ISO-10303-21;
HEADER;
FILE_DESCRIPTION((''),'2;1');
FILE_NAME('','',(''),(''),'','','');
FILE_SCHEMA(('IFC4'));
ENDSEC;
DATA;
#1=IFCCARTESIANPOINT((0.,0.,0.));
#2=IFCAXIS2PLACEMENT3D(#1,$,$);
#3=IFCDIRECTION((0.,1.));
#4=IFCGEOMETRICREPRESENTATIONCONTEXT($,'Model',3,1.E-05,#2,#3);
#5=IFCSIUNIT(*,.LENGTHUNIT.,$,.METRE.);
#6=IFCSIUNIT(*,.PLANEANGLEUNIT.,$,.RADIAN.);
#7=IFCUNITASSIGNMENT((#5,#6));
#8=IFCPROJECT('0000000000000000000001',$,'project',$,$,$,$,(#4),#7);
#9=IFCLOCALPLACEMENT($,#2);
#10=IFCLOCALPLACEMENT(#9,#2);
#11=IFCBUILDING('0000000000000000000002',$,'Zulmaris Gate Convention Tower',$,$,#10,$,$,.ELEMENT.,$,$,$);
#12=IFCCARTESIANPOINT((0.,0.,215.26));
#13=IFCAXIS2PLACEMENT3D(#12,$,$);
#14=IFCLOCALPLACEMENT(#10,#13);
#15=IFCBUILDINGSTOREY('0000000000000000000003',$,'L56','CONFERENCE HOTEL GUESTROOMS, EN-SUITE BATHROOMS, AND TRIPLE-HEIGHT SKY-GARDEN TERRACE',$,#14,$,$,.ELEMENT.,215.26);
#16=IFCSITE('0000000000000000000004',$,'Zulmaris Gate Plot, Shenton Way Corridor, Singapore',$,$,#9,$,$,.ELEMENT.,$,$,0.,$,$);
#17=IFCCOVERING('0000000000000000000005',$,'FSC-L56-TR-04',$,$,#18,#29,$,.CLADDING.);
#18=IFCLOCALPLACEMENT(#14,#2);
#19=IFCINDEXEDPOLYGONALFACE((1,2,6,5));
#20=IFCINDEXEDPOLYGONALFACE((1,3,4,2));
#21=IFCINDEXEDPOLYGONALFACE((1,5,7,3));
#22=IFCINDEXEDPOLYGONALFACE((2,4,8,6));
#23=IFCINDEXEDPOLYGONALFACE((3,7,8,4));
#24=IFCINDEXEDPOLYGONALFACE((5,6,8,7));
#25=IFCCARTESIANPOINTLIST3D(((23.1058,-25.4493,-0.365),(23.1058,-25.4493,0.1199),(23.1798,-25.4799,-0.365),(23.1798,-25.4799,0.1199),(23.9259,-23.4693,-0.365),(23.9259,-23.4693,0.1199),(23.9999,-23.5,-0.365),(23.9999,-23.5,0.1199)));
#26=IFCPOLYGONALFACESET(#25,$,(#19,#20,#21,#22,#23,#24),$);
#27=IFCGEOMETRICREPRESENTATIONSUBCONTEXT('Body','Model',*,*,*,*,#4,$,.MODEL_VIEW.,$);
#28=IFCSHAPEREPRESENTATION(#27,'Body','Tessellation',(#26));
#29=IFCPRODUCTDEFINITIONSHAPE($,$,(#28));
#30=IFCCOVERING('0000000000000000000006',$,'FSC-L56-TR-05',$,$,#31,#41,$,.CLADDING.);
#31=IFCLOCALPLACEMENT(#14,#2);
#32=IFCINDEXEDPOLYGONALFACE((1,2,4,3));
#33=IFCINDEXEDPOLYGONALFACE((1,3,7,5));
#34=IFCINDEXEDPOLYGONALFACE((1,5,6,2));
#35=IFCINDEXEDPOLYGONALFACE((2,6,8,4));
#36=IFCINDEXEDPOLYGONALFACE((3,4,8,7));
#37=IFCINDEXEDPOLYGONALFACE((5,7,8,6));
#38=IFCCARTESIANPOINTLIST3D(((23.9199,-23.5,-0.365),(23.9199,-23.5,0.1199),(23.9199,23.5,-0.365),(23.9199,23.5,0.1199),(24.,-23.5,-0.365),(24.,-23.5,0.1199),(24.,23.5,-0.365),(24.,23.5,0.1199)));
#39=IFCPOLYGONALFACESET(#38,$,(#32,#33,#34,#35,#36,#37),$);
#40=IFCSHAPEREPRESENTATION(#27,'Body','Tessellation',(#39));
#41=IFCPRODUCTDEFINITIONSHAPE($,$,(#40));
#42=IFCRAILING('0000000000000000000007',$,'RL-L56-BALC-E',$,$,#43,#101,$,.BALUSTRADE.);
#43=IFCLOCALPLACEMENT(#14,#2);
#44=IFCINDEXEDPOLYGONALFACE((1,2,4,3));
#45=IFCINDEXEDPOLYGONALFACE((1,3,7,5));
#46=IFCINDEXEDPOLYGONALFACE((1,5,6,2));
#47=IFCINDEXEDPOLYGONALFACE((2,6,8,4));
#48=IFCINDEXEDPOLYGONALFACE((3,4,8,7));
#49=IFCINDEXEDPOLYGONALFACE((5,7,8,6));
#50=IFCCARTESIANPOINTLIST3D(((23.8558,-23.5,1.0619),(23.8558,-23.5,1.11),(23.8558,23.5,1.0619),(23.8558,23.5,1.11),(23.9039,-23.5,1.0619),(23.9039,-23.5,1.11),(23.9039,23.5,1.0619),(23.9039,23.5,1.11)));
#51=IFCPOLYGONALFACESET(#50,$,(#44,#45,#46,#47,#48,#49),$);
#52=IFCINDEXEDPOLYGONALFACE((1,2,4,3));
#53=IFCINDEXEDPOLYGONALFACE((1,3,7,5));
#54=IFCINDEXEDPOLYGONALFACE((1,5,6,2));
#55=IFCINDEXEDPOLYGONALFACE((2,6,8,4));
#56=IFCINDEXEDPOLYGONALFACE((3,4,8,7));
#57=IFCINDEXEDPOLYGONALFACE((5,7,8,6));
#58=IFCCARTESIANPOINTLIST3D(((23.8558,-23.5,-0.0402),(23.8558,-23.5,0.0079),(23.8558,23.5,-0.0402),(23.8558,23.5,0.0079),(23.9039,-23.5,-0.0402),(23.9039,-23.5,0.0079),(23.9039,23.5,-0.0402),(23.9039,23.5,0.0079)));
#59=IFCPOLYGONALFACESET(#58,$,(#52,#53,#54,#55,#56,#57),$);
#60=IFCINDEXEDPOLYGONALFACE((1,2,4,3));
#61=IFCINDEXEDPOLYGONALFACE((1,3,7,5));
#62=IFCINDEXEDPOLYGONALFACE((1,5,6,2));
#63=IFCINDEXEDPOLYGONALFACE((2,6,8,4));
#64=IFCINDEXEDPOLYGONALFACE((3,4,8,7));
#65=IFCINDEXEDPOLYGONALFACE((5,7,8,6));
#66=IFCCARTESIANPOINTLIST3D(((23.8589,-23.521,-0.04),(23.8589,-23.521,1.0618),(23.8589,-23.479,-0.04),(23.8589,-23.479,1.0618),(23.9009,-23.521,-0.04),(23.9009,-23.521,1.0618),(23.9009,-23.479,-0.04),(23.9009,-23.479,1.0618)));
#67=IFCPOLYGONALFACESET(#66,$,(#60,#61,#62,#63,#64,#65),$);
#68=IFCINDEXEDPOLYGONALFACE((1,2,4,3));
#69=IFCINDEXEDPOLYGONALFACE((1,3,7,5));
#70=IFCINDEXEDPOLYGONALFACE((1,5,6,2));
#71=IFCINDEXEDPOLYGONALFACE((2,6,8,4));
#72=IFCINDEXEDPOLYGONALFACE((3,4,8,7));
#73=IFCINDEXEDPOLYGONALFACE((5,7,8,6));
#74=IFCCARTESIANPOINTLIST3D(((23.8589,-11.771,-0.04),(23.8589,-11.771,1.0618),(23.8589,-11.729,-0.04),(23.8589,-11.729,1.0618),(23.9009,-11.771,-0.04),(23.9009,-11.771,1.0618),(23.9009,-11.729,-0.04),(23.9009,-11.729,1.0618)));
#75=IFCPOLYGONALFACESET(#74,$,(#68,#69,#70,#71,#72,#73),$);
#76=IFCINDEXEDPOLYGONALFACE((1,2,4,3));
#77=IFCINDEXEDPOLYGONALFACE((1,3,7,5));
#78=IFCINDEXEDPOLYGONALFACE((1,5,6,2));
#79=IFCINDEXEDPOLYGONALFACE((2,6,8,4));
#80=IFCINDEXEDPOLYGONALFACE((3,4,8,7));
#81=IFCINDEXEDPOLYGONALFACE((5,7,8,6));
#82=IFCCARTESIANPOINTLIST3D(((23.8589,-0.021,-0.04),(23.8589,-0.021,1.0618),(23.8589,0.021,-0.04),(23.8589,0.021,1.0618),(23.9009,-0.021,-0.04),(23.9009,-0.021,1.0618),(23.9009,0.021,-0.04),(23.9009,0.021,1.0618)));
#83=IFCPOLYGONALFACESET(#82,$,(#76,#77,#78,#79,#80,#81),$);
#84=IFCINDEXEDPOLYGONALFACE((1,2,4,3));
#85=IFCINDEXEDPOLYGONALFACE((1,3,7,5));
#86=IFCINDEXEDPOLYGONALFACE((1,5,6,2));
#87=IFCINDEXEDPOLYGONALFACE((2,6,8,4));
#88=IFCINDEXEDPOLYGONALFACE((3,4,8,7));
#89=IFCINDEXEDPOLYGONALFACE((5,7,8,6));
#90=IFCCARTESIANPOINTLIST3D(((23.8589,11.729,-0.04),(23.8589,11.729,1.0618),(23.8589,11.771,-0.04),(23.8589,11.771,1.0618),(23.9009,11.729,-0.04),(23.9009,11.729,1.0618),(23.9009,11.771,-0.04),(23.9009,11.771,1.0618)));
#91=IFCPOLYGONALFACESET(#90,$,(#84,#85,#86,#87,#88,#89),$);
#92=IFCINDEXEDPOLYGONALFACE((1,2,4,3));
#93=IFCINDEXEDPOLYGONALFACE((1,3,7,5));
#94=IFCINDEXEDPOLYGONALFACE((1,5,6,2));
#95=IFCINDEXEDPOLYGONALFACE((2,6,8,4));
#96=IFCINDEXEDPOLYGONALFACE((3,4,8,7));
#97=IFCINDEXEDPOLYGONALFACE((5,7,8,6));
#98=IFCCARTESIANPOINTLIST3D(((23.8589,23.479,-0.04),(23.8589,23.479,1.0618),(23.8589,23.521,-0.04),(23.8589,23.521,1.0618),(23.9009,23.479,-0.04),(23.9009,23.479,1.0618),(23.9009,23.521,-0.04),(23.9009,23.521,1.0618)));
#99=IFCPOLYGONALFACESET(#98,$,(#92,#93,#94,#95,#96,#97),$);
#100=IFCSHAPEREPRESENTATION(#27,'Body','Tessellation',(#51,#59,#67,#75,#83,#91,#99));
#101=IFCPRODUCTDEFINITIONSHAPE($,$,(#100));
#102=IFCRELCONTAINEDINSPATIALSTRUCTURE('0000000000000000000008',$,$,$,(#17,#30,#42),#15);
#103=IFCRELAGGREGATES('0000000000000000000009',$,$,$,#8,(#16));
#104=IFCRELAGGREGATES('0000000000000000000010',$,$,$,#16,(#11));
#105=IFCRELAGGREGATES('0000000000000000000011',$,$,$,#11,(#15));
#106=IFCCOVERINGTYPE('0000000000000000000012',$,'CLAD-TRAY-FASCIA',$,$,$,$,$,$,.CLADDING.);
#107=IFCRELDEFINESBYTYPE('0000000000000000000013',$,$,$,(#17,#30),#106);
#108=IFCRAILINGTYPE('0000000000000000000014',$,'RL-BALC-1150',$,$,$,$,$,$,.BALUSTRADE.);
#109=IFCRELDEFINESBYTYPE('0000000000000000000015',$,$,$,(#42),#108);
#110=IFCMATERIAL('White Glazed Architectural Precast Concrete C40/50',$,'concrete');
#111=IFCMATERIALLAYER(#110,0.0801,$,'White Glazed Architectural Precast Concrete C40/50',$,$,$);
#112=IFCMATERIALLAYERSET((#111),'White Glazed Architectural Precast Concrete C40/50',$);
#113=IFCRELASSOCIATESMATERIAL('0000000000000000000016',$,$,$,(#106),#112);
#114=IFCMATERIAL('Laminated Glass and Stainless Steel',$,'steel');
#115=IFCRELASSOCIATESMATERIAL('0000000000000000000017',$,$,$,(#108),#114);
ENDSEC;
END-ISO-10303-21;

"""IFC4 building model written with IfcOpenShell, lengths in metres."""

from ifc_helpers import new_model, si_unit, direction, frame, frame_2d, origin, origin_2d, place, context, subcontext, project, spatial, rectangle, extrude, material, layer, layer_set, type_object, element, save


model = new_model("IFC4")

# Units and contexts
model_context = context("Model", 3, precision=1e-05, world=origin(), true_north=direction((0.0, 1.0)))
body_context = subcontext(model_context, "Body", "Model", "MODEL_VIEW")
ifc_project = project(units=[si_unit("LENGTHUNIT", "METRE"), si_unit("PLANEANGLEUNIT", "RADIAN")], contexts=[model_context])

# Site, building, storey
site_placement = place(None, origin())
site = spatial("IfcSite", under=ifc_project, at=site_placement, Name="Zulmaris Gate Plot, Shenton Way Corridor, Singapore", CompositionType="ELEMENT", RefElevation=0.0)
building_placement = place(site_placement, origin())
building = spatial("IfcBuilding", under=site, at=building_placement, Name="Zulmaris Gate Convention Tower", CompositionType="ELEMENT")
storey_placement = place(building_placement, frame((0.0, 0.0, 215.26)))
storey = spatial("IfcBuildingStorey", under=building, at=storey_placement, Name="L56", Description="CONFERENCE HOTEL GUESTROOMS, EN-SUITE BATHROOMS, AND TRIPLE-HEIGHT SKY-GARDEN TERRACE", CompositionType="ELEMENT", Elevation=215.26)

# Coverings
ifc_material_1 = material(Name="White Glazed Architectural Precast Concrete C40/50", Category="concrete")
ifc_layer_1 = layer(ifc_material_1, 0.0801, Name="White Glazed Architectural Precast Concrete C40/50")
ifc_layer_set_1 = layer_set([ifc_layer_1], Name="White Glazed Architectural Precast Concrete C40/50")
covering_type_1 = type_object("IfcCoveringType", Name="CLAD-TRAY-FASCIA", PredefinedType="CLADDING", material=ifc_layer_set_1)
covering_1_placement = place(storey_placement, frame((23.1428, -25.4646, -0.365), z_axis=(0.0, 0.0, 1.0), x_axis=(0.382657, 0.92389, 0.0)))
element("IfcCovering", 1, at=covering_1_placement, inside=storey, type_object=covering_type_1, Name="FSC-L56-TR-04", PredefinedType="CLADDING", context=body_context, shape_type="SweptSolid", body=[
    extrude(rectangle(XDim=2.1431, YDim=0.0801, at=frame_2d((1.0715, 0.0))), origin(), (0.0, 0.0, 1.0), 0.4849),
])
covering_2_placement = place(storey_placement, frame((23.96, -23.5, -0.365), z_axis=(0.0, 0.0, 1.0), x_axis=(0.0, 1.0, 0.0)))
element("IfcCovering", 2, at=covering_2_placement, inside=storey, type_object=covering_type_1, Name="FSC-L56-TR-05", PredefinedType="CLADDING", context=body_context, shape_type="SweptSolid", body=[
    extrude(rectangle(XDim=47.0, YDim=0.0801, at=frame_2d((23.5, 0.0))), origin(), (0.0, 0.0, 1.0), 0.4849),
])

# Railing
ifc_material_2 = material(Name="Laminated Glass and Stainless Steel", Category="steel")
railing_type = type_object("IfcRailingType", Name="RL-BALC-1150", PredefinedType="BALUSTRADE", material=ifc_material_2)
railing_placement = place(storey_placement, frame((23.8799, -23.5, -0.04)))
element("IfcRailing", 3, at=railing_placement, inside=storey, type_object=railing_type, Name="RL-L56-BALC-E", PredefinedType="BALUSTRADE", context=body_context, shape_type="SweptSolid", body=[
    extrude(rectangle(XDim=0.0481, YDim=0.0481, at=origin_2d()), frame((0.0, 0.0, 1.126), z_axis=(0.0, 1.0, 0.0), x_axis=(-1.0, 0.0, 0.0)), (0.0, 0.0, 1.0), 47.0),
    extrude(rectangle(XDim=0.0481, YDim=0.0481, at=origin_2d()), frame((0.0, 0.0, 0.0239), z_axis=(0.0, 1.0, 0.0), x_axis=(-1.0, 0.0, 0.0)), (0.0, 0.0, 1.0), 47.0),
    extrude(rectangle(XDim=0.042, YDim=0.042, at=origin_2d()), origin(), (0.0, 0.0, 1.0), 1.1018),
    extrude(rectangle(XDim=0.042, YDim=0.042, at=origin_2d()), frame((0.0, 11.75, 0.0)), (0.0, 0.0, 1.0), 1.1018),
    extrude(rectangle(XDim=0.042, YDim=0.042, at=origin_2d()), frame((0.0, 23.5, 0.0)), (0.0, 0.0, 1.0), 1.1018),
    extrude(rectangle(XDim=0.042, YDim=0.042, at=origin_2d()), frame((0.0, 35.25, 0.0)), (0.0, 0.0, 1.0), 1.1018),
    extrude(rectangle(XDim=0.042, YDim=0.042, at=origin_2d()), frame((0.0, 47.0, 0.0)), (0.0, 0.0, 1.0), 1.1018),
])

save(model, "model.ifc")
